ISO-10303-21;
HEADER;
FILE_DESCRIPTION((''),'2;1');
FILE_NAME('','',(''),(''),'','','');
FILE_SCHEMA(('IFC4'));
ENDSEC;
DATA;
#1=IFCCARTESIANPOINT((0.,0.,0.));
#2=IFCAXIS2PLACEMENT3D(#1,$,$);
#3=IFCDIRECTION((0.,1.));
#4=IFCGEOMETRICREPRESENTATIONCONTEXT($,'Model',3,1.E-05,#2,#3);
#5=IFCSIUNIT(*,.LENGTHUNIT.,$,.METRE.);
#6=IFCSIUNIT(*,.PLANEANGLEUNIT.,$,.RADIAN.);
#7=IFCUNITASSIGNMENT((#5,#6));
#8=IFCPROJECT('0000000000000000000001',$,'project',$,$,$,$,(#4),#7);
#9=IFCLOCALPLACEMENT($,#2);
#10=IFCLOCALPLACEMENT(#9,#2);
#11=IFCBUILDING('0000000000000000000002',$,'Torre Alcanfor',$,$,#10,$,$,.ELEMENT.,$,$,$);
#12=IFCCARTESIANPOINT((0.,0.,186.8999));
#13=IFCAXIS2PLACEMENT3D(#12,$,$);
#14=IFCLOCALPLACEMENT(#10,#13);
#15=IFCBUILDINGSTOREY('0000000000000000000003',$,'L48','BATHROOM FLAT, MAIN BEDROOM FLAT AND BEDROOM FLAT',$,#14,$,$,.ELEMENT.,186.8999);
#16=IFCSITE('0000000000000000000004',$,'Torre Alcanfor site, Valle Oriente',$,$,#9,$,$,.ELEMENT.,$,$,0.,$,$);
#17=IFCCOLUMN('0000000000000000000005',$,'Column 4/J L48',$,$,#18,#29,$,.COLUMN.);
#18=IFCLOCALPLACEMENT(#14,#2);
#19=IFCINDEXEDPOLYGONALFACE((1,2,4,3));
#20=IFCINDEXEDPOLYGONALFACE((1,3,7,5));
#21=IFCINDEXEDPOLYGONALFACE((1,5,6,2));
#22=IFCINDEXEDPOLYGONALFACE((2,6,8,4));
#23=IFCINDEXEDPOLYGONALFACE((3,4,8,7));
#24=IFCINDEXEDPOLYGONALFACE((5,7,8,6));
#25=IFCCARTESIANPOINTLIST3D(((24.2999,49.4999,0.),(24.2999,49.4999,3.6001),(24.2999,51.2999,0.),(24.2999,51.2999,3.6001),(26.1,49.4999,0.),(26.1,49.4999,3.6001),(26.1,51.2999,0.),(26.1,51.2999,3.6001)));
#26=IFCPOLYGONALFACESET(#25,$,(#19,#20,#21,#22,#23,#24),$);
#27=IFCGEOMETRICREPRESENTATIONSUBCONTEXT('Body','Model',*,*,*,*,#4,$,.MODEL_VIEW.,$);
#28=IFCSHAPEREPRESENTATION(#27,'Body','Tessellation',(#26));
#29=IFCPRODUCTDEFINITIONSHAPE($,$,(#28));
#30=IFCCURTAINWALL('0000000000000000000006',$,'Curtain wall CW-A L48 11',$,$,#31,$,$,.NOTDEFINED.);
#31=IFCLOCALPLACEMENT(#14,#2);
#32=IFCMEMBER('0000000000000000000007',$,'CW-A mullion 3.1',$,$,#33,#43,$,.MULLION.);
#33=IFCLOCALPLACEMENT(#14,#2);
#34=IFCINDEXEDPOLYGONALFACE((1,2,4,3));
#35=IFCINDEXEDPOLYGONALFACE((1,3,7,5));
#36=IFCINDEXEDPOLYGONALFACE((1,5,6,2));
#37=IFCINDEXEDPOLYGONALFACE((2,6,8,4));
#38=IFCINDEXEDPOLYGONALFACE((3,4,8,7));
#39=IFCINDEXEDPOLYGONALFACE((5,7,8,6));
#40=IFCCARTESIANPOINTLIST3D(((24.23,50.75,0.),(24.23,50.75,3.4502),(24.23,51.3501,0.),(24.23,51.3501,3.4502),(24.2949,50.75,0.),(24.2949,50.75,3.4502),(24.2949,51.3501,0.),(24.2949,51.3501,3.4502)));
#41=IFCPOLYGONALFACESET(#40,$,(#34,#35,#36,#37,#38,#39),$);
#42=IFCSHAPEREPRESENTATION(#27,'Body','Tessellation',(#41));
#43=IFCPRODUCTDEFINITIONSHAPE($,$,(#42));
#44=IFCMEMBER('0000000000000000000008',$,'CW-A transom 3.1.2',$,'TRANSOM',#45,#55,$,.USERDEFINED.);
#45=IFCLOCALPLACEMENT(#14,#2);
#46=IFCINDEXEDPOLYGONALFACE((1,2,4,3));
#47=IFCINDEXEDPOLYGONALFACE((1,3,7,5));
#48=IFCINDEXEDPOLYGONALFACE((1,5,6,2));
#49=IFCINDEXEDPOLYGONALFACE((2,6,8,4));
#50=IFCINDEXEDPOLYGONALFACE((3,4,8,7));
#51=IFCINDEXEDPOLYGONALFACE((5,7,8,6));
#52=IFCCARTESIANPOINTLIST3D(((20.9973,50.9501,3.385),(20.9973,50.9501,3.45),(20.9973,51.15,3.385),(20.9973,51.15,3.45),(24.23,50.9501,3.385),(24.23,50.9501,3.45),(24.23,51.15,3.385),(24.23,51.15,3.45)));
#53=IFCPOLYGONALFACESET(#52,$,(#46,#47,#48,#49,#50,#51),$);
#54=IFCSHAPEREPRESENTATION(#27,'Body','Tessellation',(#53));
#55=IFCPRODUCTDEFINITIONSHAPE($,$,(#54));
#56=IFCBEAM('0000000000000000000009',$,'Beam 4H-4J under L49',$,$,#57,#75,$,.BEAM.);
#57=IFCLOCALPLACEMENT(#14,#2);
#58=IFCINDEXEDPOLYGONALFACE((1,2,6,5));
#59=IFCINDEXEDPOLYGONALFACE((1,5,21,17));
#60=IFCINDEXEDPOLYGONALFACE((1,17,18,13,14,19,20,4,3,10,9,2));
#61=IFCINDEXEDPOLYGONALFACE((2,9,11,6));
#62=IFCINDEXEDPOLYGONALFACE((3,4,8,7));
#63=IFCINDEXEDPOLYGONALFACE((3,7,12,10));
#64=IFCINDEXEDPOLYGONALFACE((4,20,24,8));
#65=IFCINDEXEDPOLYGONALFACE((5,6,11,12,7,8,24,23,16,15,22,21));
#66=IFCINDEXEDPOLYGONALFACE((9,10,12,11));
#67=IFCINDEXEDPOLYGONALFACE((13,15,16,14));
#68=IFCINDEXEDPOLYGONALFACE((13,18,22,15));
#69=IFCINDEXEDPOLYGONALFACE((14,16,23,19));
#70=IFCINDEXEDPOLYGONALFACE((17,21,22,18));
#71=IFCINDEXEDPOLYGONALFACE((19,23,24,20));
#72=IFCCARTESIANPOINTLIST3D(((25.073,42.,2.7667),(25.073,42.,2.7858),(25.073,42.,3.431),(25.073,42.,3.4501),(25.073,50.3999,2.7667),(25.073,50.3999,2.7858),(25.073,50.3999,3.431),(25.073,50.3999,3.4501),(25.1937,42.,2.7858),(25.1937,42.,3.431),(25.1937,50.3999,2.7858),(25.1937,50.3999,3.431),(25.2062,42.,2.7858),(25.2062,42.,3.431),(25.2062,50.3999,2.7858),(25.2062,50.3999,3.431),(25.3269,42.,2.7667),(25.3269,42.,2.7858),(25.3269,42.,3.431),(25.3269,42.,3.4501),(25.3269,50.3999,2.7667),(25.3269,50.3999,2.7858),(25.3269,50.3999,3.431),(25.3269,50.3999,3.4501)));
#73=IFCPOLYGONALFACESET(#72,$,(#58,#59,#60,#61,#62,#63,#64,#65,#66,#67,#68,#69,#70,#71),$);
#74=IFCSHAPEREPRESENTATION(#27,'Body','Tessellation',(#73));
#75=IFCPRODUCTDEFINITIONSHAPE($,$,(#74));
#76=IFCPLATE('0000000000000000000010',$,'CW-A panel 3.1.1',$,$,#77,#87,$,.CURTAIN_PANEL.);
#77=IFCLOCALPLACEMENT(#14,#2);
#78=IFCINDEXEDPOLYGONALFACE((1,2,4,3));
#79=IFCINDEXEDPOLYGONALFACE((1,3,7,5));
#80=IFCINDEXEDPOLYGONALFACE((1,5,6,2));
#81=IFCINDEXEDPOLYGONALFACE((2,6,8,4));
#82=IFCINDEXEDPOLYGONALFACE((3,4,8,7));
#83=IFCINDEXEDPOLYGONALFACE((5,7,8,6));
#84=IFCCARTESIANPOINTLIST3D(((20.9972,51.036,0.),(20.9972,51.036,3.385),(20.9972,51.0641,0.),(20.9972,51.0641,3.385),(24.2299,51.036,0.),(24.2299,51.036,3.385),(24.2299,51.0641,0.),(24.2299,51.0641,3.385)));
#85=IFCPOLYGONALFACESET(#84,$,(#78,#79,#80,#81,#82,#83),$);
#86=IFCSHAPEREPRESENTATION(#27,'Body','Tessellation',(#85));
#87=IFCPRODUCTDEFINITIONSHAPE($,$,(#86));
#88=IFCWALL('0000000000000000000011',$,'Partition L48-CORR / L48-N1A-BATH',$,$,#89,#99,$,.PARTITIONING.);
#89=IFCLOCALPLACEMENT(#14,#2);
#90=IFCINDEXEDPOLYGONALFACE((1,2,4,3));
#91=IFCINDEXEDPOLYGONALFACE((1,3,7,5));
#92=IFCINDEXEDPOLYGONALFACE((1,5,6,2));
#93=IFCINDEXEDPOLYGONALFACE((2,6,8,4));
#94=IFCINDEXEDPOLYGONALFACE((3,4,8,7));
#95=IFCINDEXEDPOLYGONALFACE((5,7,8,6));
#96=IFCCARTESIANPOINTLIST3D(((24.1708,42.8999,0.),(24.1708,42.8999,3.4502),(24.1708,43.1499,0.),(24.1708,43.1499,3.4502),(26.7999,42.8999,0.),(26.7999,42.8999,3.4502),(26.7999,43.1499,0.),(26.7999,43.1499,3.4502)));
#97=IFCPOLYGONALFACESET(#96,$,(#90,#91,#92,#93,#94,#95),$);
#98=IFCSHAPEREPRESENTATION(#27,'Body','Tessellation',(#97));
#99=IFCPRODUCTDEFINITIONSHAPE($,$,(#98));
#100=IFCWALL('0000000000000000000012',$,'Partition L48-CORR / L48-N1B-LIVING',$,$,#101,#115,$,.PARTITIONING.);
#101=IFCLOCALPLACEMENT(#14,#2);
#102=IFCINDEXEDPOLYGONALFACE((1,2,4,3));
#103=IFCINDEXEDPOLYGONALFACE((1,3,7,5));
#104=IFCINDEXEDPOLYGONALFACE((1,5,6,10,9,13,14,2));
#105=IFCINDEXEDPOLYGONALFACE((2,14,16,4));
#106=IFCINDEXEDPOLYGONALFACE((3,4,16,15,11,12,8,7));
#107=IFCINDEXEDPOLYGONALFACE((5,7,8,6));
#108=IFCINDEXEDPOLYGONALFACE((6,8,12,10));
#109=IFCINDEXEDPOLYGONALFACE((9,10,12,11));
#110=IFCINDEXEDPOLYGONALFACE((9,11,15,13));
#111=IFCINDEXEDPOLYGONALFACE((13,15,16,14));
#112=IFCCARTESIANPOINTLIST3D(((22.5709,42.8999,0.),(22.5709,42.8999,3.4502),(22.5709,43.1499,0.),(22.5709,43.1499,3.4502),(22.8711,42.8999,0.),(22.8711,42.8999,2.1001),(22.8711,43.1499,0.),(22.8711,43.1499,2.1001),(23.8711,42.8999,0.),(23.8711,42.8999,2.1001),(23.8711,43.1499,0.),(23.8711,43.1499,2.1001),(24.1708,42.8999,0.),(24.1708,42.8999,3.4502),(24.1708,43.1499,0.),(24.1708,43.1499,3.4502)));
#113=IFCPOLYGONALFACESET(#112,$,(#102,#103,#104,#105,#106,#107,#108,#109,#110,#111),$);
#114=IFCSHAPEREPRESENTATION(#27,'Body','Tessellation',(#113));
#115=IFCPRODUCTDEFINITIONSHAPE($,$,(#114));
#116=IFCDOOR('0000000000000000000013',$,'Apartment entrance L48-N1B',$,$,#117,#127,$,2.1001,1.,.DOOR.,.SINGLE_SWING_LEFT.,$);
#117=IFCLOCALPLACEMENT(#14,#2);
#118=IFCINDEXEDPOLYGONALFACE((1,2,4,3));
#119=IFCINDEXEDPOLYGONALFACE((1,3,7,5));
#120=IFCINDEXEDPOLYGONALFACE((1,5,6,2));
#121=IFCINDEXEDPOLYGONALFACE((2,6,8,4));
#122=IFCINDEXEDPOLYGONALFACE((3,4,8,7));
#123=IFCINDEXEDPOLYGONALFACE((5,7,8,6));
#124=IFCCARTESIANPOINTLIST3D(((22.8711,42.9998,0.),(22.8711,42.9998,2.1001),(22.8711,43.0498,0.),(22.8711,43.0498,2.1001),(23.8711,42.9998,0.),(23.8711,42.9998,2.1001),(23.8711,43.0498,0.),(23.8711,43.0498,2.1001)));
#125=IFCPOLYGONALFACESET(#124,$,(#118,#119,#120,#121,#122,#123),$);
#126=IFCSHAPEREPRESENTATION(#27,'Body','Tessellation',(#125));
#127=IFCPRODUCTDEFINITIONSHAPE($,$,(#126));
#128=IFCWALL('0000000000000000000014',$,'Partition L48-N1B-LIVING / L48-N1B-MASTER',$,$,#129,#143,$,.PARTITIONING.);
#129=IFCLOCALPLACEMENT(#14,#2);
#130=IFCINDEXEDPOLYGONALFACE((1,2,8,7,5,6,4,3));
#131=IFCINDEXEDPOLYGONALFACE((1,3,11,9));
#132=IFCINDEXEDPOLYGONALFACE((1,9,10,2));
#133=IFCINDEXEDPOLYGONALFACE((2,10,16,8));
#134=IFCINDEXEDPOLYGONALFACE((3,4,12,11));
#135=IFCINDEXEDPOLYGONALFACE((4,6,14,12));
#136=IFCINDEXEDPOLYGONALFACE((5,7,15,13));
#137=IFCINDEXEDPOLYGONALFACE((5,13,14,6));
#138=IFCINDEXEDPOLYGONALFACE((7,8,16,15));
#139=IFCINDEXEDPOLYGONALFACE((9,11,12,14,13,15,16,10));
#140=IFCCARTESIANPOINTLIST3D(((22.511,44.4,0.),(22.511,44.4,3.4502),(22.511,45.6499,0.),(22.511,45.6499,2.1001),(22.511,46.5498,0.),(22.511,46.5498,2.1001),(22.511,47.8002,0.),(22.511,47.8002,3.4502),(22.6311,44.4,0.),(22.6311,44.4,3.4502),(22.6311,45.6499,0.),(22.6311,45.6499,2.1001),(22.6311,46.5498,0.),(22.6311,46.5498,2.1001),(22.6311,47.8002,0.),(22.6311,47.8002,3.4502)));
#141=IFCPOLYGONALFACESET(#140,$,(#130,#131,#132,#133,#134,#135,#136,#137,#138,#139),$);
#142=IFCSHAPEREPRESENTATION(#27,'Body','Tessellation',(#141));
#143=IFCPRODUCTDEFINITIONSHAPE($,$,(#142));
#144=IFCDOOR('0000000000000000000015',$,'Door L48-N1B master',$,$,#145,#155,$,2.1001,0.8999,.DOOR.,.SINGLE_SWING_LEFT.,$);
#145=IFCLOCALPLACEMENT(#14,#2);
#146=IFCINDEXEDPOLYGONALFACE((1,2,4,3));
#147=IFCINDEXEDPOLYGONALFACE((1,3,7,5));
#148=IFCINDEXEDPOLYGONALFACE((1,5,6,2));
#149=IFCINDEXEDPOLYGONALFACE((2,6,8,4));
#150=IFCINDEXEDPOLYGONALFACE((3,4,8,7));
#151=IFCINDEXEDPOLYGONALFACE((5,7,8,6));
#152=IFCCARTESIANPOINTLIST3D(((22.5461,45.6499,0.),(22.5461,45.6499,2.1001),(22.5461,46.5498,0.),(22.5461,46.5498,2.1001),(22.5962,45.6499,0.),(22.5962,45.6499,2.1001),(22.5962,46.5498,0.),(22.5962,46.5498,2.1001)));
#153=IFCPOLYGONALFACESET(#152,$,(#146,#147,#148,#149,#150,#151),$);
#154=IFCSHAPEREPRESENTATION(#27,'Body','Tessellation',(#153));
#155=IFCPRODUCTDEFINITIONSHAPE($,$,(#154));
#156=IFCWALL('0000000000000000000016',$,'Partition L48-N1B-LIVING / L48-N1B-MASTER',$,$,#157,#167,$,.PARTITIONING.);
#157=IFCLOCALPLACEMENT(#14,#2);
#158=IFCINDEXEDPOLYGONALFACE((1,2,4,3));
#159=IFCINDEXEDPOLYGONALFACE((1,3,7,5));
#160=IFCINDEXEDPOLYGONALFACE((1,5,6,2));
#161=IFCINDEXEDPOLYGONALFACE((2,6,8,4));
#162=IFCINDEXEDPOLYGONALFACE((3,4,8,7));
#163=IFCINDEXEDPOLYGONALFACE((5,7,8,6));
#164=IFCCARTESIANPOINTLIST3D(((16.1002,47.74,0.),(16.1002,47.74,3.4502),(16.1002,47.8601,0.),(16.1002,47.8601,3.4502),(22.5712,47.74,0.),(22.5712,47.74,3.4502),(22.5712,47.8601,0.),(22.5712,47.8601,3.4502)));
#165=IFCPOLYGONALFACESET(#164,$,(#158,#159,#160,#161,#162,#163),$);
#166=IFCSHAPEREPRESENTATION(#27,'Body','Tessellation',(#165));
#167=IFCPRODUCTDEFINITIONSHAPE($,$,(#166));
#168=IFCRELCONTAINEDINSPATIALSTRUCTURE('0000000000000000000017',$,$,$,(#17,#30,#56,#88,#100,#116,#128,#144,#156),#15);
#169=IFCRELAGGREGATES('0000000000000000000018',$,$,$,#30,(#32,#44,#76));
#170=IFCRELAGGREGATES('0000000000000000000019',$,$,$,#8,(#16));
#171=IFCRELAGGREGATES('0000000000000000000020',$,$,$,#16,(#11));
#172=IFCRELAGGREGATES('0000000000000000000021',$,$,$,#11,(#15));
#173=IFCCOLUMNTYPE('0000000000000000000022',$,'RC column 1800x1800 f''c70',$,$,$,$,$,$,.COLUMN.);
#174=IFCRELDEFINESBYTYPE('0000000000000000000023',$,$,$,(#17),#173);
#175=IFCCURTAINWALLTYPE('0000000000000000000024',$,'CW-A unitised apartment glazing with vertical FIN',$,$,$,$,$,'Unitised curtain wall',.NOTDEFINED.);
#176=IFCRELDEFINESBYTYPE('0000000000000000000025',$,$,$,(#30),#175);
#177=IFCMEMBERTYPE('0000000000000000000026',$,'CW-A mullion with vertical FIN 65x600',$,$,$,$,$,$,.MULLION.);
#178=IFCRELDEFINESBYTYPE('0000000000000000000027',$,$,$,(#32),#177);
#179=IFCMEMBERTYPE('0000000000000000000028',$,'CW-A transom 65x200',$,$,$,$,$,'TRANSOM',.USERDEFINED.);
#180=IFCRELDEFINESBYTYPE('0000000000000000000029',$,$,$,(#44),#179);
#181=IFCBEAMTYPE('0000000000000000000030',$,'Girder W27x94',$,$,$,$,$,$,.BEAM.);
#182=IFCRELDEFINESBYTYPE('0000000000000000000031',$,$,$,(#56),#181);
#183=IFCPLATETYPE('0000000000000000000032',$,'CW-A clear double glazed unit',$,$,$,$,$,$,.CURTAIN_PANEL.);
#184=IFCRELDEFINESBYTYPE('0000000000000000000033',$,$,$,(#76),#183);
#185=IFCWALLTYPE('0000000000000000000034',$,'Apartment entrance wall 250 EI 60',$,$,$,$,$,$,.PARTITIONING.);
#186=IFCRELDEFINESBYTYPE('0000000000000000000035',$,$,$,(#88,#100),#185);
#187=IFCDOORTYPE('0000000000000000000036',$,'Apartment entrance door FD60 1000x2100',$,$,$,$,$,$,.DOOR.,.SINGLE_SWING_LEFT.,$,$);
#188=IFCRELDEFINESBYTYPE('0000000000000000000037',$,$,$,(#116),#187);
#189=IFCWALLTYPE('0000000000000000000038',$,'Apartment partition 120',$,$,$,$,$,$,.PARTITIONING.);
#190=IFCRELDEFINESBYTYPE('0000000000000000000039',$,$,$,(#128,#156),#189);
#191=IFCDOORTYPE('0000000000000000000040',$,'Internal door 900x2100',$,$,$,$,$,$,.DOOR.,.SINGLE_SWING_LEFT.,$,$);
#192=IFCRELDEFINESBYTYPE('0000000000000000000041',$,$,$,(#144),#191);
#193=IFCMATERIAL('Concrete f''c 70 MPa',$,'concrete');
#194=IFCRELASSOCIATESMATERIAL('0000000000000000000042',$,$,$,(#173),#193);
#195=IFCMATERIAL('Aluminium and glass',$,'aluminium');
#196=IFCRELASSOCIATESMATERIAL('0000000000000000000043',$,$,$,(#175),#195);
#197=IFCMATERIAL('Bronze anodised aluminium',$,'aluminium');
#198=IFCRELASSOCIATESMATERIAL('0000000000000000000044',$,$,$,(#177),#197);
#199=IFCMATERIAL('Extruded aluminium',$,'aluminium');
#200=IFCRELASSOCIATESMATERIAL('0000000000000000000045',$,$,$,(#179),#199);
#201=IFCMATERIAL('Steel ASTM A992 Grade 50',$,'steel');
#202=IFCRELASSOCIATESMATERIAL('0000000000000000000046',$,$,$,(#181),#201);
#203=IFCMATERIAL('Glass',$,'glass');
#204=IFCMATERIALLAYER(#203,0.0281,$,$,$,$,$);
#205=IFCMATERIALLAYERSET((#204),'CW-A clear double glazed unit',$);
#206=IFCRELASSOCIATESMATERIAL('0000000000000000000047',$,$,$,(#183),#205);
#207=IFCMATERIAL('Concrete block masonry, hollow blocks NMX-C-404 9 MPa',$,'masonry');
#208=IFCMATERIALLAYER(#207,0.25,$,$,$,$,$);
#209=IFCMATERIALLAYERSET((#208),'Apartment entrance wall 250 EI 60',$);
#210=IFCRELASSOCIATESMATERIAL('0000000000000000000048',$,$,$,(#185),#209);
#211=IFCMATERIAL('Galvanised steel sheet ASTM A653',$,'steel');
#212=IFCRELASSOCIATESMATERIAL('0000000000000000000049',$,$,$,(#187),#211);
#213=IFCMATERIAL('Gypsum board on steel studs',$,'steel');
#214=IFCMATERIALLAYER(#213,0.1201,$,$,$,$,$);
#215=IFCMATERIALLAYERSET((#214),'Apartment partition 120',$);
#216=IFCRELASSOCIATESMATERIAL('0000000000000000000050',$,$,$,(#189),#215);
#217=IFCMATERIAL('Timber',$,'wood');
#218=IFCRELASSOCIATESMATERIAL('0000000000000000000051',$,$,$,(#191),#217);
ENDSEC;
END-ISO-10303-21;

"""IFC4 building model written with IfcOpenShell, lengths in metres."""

from ifc_helpers import new_model, si_unit, direction, frame, frame_2d, origin, origin_2d, place, context, subcontext, project, spatial, rectangle, i_section, extrude, material, layer, layer_set, material_profile, profile_set, type_object, element, fill, aggregate, save


model = new_model("IFC4")

# Units and contexts
model_context = context("Model", 3, precision=1e-05, world=origin(), true_north=direction((0.0, 1.0)))
body_context = subcontext(model_context, "Body", "Model", "MODEL_VIEW")
ifc_project = project(units=[si_unit("LENGTHUNIT", "METRE"), si_unit("PLANEANGLEUNIT", "RADIAN")], contexts=[model_context])

# Site, building, storey
site_placement = place(None, origin())
site = spatial("IfcSite", under=ifc_project, at=site_placement, Name="Torre Alcanfor site, Valle Oriente", CompositionType="ELEMENT", RefElevation=0.0)
building_placement = place(site_placement, origin())
building = spatial("IfcBuilding", under=site, at=building_placement, Name="Torre Alcanfor", CompositionType="ELEMENT")
storey_placement = place(building_placement, frame((0.0, 0.0, 186.8999)))
storey = spatial("IfcBuildingStorey", under=building, at=storey_placement, Name="L48", Description="BATHROOM FLAT, MAIN BEDROOM FLAT AND BEDROOM FLAT", CompositionType="ELEMENT", Elevation=186.8999)

# Column
ifc_material_1 = material(Name="Concrete f'c 70 MPa", Category="concrete")
ifc_material_profile_1 = material_profile(ifc_material_1, rectangle(XDim=1.8, YDim=1.8, at=origin_2d()), Name="1800x1800")
ifc_profile_set_1 = profile_set([ifc_material_profile_1], Name="Concrete f'c 70 MPa")
column_type = type_object("IfcColumnType", Name="RC column 1800x1800 f'c70", PredefinedType="COLUMN", material=ifc_profile_set_1)
column_placement = place(storey_placement, frame((25.2, 50.3999, 0.0), z_axis=(0.0, 0.0, 1.0), x_axis=(1.0, 0.0, 0.0)))
element("IfcColumn", 1, at=column_placement, inside=storey, type_object=column_type, Name="Column 4/J L48", PredefinedType="COLUMN", context=body_context, shape_type="SweptSolid", body=[
    extrude(rectangle(XDim=1.8, YDim=1.8, at=origin_2d()), origin(), (0.0, 0.0, 1.0), 3.6001),
])

# Curtain wall, members
ifc_material_2 = material(Name="Aluminium and glass", Category="aluminium")
curtain_wall_type = type_object("IfcCurtainWallType", Name="CW-A unitised apartment glazing with vertical FIN", ElementType="Unitised curtain wall", PredefinedType="NOTDEFINED", material=ifc_material_2)
curtain_wall_placement = place(storey_placement, origin())
curtain_wall = element("IfcCurtainWall", 2, at=curtain_wall_placement, inside=storey, type_object=curtain_wall_type, Name="Curtain wall CW-A L48 11", PredefinedType="NOTDEFINED")
ifc_material_3 = material(Name="Bronze anodised aluminium", Category="aluminium")
ifc_material_profile_2 = material_profile(ifc_material_3, rectangle(XDim=0.6001, YDim=0.0649, at=origin_2d()), Name="CW-A mullion 65x600")
ifc_profile_set_2 = profile_set([ifc_material_profile_2], Name="Bronze anodised aluminium")
member_type_1 = type_object("IfcMemberType", Name="CW-A mullion with vertical FIN 65x600", PredefinedType="MULLION", material=ifc_profile_set_2)
member_1_placement = place(storey_placement, frame((24.2625, 51.05, 0.0), z_axis=(0.0, 0.0, 1.0), x_axis=(0.0, -1.0, 0.0)))
member_1 = element("IfcMember", 3, at=member_1_placement, type_object=member_type_1, Name="CW-A mullion 3.1", PredefinedType="MULLION", context=body_context, shape_type="SweptSolid", body=[
    extrude(rectangle(XDim=0.6001, YDim=0.0649, at=origin_2d()), origin(), (0.0, 0.0, 1.0), 3.4502),
])
ifc_material_4 = material(Name="Extruded aluminium", Category="aluminium")
ifc_material_profile_3 = material_profile(ifc_material_4, rectangle(XDim=0.2, YDim=0.0649, at=origin_2d()), Name="CW-A transom 200x65")
ifc_profile_set_3 = profile_set([ifc_material_profile_3], Name="Extruded aluminium")
member_type_2 = type_object("IfcMemberType", Name="CW-A transom 65x200", ElementType="TRANSOM", PredefinedType="USERDEFINED", material=ifc_profile_set_3)
member_2_placement = place(storey_placement, frame((24.23, 51.05, 3.4175), z_axis=(-1.0, 0.0, 0.0), x_axis=(0.0, -1.0, 0.0)))
member_2 = element("IfcMember", 4, at=member_2_placement, type_object=member_type_2, Name="CW-A transom 3.1.2", ObjectType="TRANSOM", PredefinedType="USERDEFINED", context=body_context, shape_type="SweptSolid", body=[
    extrude(rectangle(XDim=0.2, YDim=0.0649, at=origin_2d()), origin(), (0.0, 0.0, 1.0), 3.2327),
])

# Beam
ifc_material_5 = material(Name="Steel ASTM A992 Grade 50", Category="steel")
ifc_material_profile_4 = material_profile(ifc_material_5, i_section(OverallWidth=0.2539, OverallDepth=0.6833, WebThickness=0.0125, FlangeThickness=0.019, at=origin_2d()), Name="W27x94")
ifc_profile_set_4 = profile_set([ifc_material_profile_4], Name="Steel ASTM A992 Grade 50")
beam_type = type_object("IfcBeamType", Name="Girder W27x94", PredefinedType="BEAM", material=ifc_profile_set_4)
beam_placement = place(storey_placement, frame((25.2, 42.0, 3.1084), z_axis=(0.0, 1.0, 0.0), x_axis=(-1.0, 0.0, 0.0)))
element("IfcBeam", 5, at=beam_placement, inside=storey, type_object=beam_type, Name="Beam 4H-4J under L49", PredefinedType="BEAM", context=body_context, shape_type="SweptSolid", body=[
    extrude(i_section(OverallWidth=0.2539, OverallDepth=0.6833, WebThickness=0.0125, FlangeThickness=0.019, at=origin_2d()), origin(), (0.0, 0.0, 1.0), 8.3999),
])

# Plate
ifc_material_6 = material(Name="Glass", Category="glass")
ifc_layer_1 = layer(ifc_material_6, 0.0281)
ifc_layer_set_1 = layer_set([ifc_layer_1], Name="CW-A clear double glazed unit")
plate_type = type_object("IfcPlateType", Name="CW-A clear double glazed unit", PredefinedType="CURTAIN_PANEL", material=ifc_layer_set_1)
plate_placement = place(storey_placement, frame((22.6135, 51.05, 0.0), z_axis=(0.0, 0.0, 1.0), x_axis=(-1.0, 0.0, 0.0)))
plate = element("IfcPlate", 6, at=plate_placement, type_object=plate_type, Name="CW-A panel 3.1.1", PredefinedType="CURTAIN_PANEL", context=body_context, shape_type="SweptSolid", body=[
    extrude(rectangle(XDim=3.2327, YDim=0.0281, at=origin_2d()), origin(), (0.0, 0.0, 1.0), 3.385),
])
aggregate(curtain_wall, [member_1, member_2, plate])

# Wall
ifc_material_7 = material(Name="Concrete block masonry, hollow blocks NMX-C-404 9 MPa", Category="masonry")
ifc_layer_2 = layer(ifc_material_7, 0.25)
ifc_layer_set_2 = layer_set([ifc_layer_2], Name="Apartment entrance wall 250 EI 60")
wall_type_1 = type_object("IfcWallType", Name="Apartment entrance wall 250 EI 60", PredefinedType="PARTITIONING", material=ifc_layer_set_2)
wall_1_placement = place(storey_placement, frame((24.1709, 43.0249, 0.0), z_axis=(0.0, 0.0, 1.0), x_axis=(1.0, 0.0, 0.0)))
element("IfcWall", 7, at=wall_1_placement, inside=storey, type_object=wall_type_1, Name="Partition L48-CORR / L48-N1A-BATH", PredefinedType="PARTITIONING", context=body_context, shape_type="SweptSolid", body=[
    extrude(rectangle(XDim=2.6292, YDim=0.25, at=frame_2d((1.3145, 0.0))), origin(), (0.0, 0.0, 1.0), 3.4502),
])

# Walls, openings, doors
wall_2_placement = place(storey_placement, frame((22.571, 43.0249, 0.0), z_axis=(0.0, 0.0, 1.0), x_axis=(1.0, 0.0, 0.0)))
wall_2 = element("IfcWall", 8, at=wall_2_placement, inside=storey, type_object=wall_type_1, Name="Partition L48-CORR / L48-N1B-LIVING", PredefinedType="PARTITIONING", context=body_context, shape_type="SweptSolid", body=[
    extrude(rectangle(XDim=1.5999, YDim=0.25, at=frame_2d((0.7998, 0.0))), origin(), (0.0, 0.0, 1.0), 3.4502),
])
opening_1_placement = place(wall_2_placement, frame((0.3, 0.0, 0.0)))
opening_1 = element("IfcOpeningElement", 9, at=opening_1_placement, cuts=wall_2, PredefinedType="OPENING", context=body_context, shape_type="SweptSolid", body=[
    extrude(rectangle(XDim=1.0, YDim=2.1001, at=frame_2d((0.5, 1.05))), frame((0.0, 0.135, 0.0), z_axis=(0.0, -1.0, 0.0), x_axis=(1.0, 0.0, 0.0)), (0.0, 0.0, 1.0), 0.27),
])
ifc_material_8 = material(Name="Galvanised steel sheet ASTM A653", Category="steel")
door_type_1 = type_object("IfcDoorType", Name="Apartment entrance door FD60 1000x2100", OperationType="SINGLE_SWING_LEFT", PredefinedType="DOOR", material=ifc_material_8)
door_1_placement = place(opening_1_placement, origin())
door_1 = element("IfcDoor", 10, at=door_1_placement, inside=storey, type_object=door_type_1, Name="Apartment entrance L48-N1B", OperationType="SINGLE_SWING_LEFT", OverallHeight=2.1001, OverallWidth=1.0, PredefinedType="DOOR", context=body_context, shape_type="SweptSolid", body=[
    extrude(rectangle(XDim=1.0, YDim=2.1001, at=frame_2d((0.5, 1.05))), frame((0.0, 0.0249, 0.0), z_axis=(0.0, -1.0, 0.0), x_axis=(1.0, 0.0, 0.0)), (0.0, 0.0, 1.0), 0.05),
])
fill(opening_1, door_1)
ifc_material_9 = material(Name="Gypsum board on steel studs", Category="steel")
ifc_layer_3 = layer(ifc_material_9, 0.1201)
ifc_layer_set_3 = layer_set([ifc_layer_3], Name="Apartment partition 120")
wall_type_2 = type_object("IfcWallType", Name="Apartment partition 120", PredefinedType="PARTITIONING", material=ifc_layer_set_3)
wall_3_placement = place(storey_placement, frame((22.571, 44.3999, 0.0), z_axis=(0.0, 0.0, 1.0), x_axis=(0.0, 1.0, 0.0)))
wall_3 = element("IfcWall", 11, at=wall_3_placement, inside=storey, type_object=wall_type_2, Name="Partition L48-N1B-LIVING / L48-N1B-MASTER", PredefinedType="PARTITIONING", context=body_context, shape_type="SweptSolid", body=[
    extrude(rectangle(XDim=3.4001, YDim=0.1201, at=frame_2d((1.7002, 0.0))), origin(), (0.0, 0.0, 1.0), 3.4502),
])
opening_2_placement = place(wall_3_placement, frame((1.25, 0.0, 0.0)))
opening_2 = element("IfcOpeningElement", 12, at=opening_2_placement, cuts=wall_3, PredefinedType="OPENING", context=body_context, shape_type="SweptSolid", body=[
    extrude(rectangle(XDim=0.8999, YDim=2.1001, at=frame_2d((0.45, 1.05))), frame((0.0, 0.0701, 0.0), z_axis=(0.0, -1.0, 0.0), x_axis=(1.0, 0.0, 0.0)), (0.0, 0.0, 1.0), 0.1401),
])
ifc_material_10 = material(Name="Timber", Category="wood")
door_type_2 = type_object("IfcDoorType", Name="Internal door 900x2100", OperationType="SINGLE_SWING_LEFT", PredefinedType="DOOR", material=ifc_material_10)
door_2_placement = place(opening_2_placement, origin())
door_2 = element("IfcDoor", 13, at=door_2_placement, inside=storey, type_object=door_type_2, Name="Door L48-N1B master", OperationType="SINGLE_SWING_LEFT", OverallHeight=2.1001, OverallWidth=0.8999, PredefinedType="DOOR", context=body_context, shape_type="SweptSolid", body=[
    extrude(rectangle(XDim=0.8999, YDim=2.1001, at=frame_2d((0.45, 1.05))), frame((0.0, 0.0249, 0.0), z_axis=(0.0, -1.0, 0.0), x_axis=(1.0, 0.0, 0.0)), (0.0, 0.0, 1.0), 0.05),
])
fill(opening_2, door_2)

# Wall
wall_4_placement = place(storey_placement, frame((22.571, 47.8, 0.0), z_axis=(0.0, 0.0, 1.0), x_axis=(-1.0, 0.0, 0.0)))
element("IfcWall", 14, at=wall_4_placement, inside=storey, type_object=wall_type_2, Name="Partition L48-N1B-LIVING / L48-N1B-MASTER", PredefinedType="PARTITIONING", context=body_context, shape_type="SweptSolid", body=[
    extrude(rectangle(XDim=6.4709, YDim=0.1201, at=frame_2d((3.2354, 0.0))), origin(), (0.0, 0.0, 1.0), 3.4502),
])

save(model, "model.ifc")
